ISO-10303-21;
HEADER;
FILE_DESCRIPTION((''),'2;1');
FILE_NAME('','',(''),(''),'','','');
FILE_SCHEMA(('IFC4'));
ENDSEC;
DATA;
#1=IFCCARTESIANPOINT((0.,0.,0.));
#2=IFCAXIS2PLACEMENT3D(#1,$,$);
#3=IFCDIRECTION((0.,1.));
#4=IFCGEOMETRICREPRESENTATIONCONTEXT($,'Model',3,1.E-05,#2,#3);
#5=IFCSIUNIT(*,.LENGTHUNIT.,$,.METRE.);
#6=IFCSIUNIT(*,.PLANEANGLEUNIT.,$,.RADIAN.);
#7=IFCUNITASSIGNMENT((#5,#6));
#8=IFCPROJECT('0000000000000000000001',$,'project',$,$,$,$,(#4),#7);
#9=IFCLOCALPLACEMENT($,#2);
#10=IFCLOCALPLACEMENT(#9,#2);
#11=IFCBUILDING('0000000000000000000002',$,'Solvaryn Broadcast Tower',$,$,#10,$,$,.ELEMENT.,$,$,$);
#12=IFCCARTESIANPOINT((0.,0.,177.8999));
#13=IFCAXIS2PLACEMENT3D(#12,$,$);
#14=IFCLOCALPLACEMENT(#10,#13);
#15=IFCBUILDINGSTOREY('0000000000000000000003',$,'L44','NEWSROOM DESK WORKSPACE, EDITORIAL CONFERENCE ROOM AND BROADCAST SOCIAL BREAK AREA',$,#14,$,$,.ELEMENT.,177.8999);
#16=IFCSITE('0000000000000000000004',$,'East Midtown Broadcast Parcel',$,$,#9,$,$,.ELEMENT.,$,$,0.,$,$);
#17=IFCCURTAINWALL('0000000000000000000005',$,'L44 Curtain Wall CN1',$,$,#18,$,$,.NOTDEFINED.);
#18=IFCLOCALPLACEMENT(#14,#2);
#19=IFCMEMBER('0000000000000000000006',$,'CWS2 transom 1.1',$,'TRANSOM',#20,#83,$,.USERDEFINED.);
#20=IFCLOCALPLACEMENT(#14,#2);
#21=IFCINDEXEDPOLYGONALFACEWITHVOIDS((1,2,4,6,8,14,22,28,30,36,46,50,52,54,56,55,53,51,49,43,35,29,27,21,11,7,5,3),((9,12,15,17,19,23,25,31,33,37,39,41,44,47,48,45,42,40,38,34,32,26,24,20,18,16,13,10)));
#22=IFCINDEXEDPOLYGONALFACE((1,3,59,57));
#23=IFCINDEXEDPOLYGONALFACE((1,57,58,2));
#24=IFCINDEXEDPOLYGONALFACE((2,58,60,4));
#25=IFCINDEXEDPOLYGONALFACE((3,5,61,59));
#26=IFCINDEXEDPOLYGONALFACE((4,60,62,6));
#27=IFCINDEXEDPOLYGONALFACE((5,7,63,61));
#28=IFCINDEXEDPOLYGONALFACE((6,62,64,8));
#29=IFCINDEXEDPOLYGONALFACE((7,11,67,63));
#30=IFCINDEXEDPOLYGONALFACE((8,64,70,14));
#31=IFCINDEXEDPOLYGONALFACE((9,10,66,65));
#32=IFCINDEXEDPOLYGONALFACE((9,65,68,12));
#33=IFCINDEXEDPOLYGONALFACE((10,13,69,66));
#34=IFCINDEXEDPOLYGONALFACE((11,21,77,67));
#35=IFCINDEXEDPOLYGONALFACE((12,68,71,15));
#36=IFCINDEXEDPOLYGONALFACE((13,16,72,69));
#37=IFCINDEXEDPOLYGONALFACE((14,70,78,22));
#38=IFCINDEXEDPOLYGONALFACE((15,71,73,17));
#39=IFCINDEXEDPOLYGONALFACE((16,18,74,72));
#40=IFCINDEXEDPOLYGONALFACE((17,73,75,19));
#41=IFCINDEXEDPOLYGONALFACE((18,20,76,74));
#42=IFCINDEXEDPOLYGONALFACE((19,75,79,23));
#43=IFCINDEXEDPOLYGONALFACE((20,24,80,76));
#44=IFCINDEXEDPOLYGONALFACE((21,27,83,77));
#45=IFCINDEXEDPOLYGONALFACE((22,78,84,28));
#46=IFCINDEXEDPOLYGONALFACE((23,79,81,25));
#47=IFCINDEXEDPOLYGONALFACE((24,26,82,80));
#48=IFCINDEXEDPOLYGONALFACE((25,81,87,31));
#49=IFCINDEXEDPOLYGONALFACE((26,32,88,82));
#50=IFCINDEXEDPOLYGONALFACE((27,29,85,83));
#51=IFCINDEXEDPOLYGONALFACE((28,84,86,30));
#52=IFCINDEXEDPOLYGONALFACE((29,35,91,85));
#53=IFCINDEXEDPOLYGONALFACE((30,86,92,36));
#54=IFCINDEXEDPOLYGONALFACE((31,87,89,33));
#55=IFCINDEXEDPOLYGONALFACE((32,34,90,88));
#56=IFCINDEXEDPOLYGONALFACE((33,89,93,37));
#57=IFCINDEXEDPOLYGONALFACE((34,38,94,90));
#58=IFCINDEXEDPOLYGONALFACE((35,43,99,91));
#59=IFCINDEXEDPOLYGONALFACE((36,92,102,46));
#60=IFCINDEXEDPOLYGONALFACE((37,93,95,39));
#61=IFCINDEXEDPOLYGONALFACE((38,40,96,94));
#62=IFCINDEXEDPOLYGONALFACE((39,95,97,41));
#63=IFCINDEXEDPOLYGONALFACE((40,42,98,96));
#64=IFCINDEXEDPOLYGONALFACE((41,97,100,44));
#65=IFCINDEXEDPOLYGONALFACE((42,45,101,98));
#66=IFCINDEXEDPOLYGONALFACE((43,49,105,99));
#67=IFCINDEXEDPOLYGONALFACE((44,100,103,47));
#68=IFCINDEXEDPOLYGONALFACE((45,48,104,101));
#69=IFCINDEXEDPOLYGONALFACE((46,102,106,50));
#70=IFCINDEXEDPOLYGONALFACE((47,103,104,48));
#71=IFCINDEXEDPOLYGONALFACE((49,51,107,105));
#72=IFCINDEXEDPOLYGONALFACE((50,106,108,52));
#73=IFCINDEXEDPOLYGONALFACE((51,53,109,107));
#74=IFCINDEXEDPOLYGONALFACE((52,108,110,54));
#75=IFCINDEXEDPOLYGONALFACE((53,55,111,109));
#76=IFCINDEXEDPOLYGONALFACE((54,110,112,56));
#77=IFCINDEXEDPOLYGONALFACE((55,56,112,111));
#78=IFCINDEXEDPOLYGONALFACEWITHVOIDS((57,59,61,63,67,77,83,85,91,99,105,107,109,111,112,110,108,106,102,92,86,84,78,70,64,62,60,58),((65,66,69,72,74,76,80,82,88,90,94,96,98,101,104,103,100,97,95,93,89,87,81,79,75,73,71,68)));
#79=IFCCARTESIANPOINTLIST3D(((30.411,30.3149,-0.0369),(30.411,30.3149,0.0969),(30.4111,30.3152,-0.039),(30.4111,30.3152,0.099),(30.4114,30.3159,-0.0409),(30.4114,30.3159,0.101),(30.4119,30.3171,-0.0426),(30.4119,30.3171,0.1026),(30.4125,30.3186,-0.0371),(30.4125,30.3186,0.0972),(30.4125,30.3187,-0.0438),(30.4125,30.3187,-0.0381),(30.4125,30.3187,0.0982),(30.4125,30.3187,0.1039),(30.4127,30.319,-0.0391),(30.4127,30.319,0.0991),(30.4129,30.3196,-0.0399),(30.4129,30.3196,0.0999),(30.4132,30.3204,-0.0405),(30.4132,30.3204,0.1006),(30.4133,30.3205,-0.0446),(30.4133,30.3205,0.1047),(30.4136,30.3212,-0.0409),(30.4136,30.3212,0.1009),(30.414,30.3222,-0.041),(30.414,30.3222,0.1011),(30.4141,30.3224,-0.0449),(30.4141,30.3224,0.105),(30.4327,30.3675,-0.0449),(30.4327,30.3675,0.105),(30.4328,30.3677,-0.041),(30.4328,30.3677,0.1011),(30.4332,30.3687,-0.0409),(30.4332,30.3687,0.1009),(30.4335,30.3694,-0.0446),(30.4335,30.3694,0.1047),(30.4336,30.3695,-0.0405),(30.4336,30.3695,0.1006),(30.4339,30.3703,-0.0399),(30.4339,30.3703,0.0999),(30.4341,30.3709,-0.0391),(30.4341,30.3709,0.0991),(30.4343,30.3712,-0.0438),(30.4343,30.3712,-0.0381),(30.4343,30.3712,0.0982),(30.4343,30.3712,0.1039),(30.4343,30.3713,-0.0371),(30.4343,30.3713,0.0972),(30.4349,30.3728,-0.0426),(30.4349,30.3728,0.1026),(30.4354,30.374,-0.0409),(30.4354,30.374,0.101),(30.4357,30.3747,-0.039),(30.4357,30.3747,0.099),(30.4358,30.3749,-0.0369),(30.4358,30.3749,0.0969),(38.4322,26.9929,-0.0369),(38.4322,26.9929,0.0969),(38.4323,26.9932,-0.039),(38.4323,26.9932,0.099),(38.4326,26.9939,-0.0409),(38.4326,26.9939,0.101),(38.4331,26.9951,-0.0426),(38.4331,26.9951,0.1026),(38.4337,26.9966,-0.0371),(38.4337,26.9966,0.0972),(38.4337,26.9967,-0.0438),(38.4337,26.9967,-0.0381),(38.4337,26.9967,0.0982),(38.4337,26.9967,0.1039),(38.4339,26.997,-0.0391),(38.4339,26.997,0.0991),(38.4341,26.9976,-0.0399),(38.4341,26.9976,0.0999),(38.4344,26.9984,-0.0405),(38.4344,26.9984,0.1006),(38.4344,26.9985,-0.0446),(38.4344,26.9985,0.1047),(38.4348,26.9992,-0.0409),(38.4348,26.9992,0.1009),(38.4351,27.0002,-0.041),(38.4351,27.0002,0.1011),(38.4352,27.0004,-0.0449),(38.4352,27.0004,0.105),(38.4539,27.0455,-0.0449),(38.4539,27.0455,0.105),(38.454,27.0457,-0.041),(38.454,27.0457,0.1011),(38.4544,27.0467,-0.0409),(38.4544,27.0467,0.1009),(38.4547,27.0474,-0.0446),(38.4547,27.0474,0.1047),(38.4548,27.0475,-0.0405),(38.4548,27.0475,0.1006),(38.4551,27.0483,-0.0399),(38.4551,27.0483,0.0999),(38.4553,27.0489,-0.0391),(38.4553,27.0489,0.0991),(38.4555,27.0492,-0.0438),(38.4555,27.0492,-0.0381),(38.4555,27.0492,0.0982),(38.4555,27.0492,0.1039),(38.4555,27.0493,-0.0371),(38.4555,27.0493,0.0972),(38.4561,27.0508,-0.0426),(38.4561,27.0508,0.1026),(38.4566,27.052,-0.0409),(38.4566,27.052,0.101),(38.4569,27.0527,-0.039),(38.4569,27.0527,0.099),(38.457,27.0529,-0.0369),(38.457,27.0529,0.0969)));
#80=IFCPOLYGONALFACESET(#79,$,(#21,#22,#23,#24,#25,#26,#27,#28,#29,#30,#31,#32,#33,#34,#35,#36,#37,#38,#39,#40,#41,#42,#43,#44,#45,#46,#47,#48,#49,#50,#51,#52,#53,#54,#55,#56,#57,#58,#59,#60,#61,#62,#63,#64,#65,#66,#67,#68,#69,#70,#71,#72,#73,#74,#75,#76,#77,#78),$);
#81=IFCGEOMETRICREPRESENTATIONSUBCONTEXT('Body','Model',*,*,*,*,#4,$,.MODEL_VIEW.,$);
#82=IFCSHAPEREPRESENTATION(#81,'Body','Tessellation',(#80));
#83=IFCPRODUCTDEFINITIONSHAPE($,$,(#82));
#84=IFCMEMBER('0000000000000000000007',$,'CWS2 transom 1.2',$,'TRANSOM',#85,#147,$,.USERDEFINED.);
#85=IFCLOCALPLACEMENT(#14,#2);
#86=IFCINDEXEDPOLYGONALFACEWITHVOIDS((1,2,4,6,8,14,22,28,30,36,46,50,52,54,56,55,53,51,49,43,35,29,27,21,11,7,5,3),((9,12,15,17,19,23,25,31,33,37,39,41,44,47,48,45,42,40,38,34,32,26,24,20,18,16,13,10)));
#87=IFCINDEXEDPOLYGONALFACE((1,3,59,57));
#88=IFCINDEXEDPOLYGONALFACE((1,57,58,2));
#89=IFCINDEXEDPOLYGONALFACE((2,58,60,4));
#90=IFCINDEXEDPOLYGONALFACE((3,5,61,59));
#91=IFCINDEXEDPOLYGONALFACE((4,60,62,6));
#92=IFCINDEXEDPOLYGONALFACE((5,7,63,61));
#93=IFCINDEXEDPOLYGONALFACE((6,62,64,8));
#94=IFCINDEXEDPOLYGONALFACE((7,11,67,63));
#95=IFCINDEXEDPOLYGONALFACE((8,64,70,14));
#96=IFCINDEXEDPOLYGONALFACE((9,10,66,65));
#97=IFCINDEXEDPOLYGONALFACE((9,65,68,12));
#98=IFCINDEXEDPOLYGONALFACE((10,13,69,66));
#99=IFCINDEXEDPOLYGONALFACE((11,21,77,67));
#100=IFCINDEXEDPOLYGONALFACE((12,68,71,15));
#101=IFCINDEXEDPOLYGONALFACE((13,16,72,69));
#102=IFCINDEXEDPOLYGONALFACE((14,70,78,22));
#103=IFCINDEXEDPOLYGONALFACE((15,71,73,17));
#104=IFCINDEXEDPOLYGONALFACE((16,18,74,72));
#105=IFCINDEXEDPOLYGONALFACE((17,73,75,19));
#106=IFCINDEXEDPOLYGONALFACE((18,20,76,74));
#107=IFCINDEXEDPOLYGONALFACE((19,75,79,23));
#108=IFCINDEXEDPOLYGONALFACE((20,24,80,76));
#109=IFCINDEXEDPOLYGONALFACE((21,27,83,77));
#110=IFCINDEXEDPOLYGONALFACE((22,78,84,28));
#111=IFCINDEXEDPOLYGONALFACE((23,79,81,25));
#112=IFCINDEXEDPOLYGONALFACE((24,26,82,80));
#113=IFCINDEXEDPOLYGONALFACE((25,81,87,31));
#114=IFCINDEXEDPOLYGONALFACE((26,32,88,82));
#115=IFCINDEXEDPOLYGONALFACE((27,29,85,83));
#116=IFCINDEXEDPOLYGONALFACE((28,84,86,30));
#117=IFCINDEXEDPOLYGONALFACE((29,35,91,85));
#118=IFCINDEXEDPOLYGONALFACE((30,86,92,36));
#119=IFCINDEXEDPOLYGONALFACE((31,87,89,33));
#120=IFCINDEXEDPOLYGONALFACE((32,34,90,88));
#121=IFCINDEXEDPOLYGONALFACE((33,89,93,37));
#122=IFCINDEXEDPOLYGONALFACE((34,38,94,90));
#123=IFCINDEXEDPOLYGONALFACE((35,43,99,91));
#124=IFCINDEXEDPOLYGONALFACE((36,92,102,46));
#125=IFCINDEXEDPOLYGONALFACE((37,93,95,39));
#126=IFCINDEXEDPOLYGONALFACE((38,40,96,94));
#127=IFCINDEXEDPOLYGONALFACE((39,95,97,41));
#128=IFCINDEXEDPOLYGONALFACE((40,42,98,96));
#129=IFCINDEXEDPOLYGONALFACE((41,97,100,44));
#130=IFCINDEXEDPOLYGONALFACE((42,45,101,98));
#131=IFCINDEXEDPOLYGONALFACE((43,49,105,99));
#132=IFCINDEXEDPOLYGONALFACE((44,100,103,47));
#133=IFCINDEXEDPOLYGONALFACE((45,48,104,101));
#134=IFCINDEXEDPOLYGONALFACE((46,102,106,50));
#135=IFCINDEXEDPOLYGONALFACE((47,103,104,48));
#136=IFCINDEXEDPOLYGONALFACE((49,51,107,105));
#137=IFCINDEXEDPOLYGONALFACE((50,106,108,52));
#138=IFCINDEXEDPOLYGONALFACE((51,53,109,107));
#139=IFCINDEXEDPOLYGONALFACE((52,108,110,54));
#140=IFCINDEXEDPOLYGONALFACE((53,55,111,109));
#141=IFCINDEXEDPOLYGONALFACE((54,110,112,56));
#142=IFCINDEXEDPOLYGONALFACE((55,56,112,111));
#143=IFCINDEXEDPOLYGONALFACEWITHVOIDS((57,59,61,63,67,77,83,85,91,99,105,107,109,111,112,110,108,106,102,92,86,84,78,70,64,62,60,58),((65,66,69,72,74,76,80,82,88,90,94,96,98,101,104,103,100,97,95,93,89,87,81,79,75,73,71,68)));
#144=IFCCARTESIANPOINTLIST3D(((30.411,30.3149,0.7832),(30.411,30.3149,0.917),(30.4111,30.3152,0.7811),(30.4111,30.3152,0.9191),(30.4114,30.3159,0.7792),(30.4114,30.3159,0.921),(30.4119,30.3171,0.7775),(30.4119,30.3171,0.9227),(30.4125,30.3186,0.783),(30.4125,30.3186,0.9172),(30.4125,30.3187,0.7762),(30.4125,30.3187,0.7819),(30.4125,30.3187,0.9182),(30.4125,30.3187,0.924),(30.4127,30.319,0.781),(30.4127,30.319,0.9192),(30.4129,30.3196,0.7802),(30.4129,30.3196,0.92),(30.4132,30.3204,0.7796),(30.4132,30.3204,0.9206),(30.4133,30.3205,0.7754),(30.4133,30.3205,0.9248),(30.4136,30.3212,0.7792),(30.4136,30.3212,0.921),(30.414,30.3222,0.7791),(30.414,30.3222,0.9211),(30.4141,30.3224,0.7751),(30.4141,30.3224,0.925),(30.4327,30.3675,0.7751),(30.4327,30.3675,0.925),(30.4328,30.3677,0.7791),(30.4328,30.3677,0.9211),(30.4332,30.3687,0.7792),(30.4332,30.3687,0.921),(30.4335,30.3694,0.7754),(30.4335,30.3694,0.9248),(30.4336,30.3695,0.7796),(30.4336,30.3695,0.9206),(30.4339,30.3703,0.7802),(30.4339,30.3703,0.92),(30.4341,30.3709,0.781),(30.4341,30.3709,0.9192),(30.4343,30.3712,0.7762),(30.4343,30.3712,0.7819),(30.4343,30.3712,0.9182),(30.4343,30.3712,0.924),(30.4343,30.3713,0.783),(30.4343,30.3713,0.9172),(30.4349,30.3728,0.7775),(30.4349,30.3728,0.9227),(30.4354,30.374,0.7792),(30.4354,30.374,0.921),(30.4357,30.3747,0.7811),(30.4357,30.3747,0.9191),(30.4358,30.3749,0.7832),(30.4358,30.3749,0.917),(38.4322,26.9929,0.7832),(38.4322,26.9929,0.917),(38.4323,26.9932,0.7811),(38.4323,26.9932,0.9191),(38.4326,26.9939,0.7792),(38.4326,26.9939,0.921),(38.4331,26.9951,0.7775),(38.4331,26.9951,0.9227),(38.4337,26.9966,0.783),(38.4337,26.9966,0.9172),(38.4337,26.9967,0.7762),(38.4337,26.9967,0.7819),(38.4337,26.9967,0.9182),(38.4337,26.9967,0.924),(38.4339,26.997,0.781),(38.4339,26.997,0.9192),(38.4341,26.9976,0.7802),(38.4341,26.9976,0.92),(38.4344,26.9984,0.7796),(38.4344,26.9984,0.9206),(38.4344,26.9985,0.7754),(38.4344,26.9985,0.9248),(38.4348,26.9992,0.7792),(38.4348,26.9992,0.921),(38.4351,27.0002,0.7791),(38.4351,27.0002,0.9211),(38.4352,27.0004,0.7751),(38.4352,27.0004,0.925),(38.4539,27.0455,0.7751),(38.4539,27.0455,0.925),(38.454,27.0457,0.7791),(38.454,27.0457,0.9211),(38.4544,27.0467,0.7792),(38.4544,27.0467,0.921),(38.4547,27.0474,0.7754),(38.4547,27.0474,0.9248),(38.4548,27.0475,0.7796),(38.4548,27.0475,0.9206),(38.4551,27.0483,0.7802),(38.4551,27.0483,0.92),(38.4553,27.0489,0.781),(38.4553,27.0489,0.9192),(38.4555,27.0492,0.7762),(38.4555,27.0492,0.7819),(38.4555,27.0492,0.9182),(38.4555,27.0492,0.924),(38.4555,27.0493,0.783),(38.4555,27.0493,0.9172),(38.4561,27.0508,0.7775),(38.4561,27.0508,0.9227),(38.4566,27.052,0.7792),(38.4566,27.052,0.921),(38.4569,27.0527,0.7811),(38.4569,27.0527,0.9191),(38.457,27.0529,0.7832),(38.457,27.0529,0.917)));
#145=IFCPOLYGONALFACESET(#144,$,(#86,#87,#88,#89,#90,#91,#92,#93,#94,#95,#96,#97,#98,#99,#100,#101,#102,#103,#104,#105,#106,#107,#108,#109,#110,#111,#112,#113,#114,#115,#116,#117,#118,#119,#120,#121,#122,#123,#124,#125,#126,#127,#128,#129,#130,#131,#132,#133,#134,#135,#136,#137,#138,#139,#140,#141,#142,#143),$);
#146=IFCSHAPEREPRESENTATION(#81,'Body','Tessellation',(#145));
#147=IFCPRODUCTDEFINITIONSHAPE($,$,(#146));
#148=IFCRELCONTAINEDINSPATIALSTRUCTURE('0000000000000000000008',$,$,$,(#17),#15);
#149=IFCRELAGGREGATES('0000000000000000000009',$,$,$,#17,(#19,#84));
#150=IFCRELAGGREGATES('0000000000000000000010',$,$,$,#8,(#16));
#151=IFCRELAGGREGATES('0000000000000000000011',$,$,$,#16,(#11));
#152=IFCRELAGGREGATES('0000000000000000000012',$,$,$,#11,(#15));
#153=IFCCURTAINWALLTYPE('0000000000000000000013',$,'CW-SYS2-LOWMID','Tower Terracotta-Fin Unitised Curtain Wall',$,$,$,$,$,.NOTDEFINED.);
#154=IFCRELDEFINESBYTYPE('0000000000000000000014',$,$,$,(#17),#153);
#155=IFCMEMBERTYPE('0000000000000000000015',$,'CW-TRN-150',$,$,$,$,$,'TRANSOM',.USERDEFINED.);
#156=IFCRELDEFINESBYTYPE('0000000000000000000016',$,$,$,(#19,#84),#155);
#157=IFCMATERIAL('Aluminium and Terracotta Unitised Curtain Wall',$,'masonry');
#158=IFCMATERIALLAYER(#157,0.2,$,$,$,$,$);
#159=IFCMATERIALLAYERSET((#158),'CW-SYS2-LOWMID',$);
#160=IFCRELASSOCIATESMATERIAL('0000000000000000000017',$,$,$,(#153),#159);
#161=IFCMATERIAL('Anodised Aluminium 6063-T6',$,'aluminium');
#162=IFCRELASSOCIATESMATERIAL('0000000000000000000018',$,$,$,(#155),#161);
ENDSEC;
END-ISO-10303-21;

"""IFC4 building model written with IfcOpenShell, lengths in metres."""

from ifc_helpers import new_model, si_unit, direction, frame, origin, origin_2d, place, context, subcontext, project, spatial, hollow_rectangle, extrude, material, layer, layer_set, material_profile, profile_set, type_object, element, aggregate, save


model = new_model("IFC4")

# Units and contexts
model_context = context("Model", 3, precision=1e-05, world=origin(), true_north=direction((0.0, 1.0)))
body_context = subcontext(model_context, "Body", "Model", "MODEL_VIEW")
ifc_project = project(units=[si_unit("LENGTHUNIT", "METRE"), si_unit("PLANEANGLEUNIT", "RADIAN")], contexts=[model_context])

# Site, building, storey
site_placement = place(None, origin())
site = spatial("IfcSite", under=ifc_project, at=site_placement, Name="East Midtown Broadcast Parcel", CompositionType="ELEMENT", RefElevation=0.0)
building_placement = place(site_placement, origin())
building = spatial("IfcBuilding", under=site, at=building_placement, Name="Solvaryn Broadcast Tower", CompositionType="ELEMENT")
storey_placement = place(building_placement, frame((0.0, 0.0, 177.8999)))
storey = spatial("IfcBuildingStorey", under=building, at=storey_placement, Name="L44", Description="NEWSROOM DESK WORKSPACE, EDITORIAL CONFERENCE ROOM AND BROADCAST SOCIAL BREAK AREA", CompositionType="ELEMENT", Elevation=177.8999)

# Curtain wall
ifc_material_1 = material(Name="Aluminium and Terracotta Unitised Curtain Wall", Category="masonry")
ifc_layer_1 = layer(ifc_material_1, 0.2)
ifc_layer_set_1 = layer_set([ifc_layer_1], Name="CW-SYS2-LOWMID")
curtain_wall_type = type_object("IfcCurtainWallType", Name="CW-SYS2-LOWMID", Description="Tower Terracotta-Fin Unitised Curtain Wall", PredefinedType="NOTDEFINED", material=ifc_layer_set_1)
curtain_wall_1_placement = place(storey_placement, origin())
curtain_wall_1 = element("IfcCurtainWall", 1, at=curtain_wall_1_placement, inside=storey, type_object=curtain_wall_type, Name="L44 Curtain Wall CN1", PredefinedType="NOTDEFINED")

# Members
ifc_material_2 = material(Name="Anodised Aluminium 6063-T6", Category="aluminium")
ifc_material_profile_1 = material_profile(ifc_material_2, hollow_rectangle(XDim=0.0649, YDim=0.1499, WallThickness=0.0039, InnerFilletRadius=0.0039, OuterFilletRadius=0.0081, at=origin_2d()))
ifc_profile_set_1 = profile_set([ifc_material_profile_1], Name="Anodised Aluminium 6063-T6")
member_type_1 = type_object("IfcMemberType", Name="CW-TRN-150", ElementType="TRANSOM", PredefinedType="USERDEFINED", material=ifc_profile_set_1)
member_1_placement = place(storey_placement, frame((38.4446, 27.0229, 0.03), z_axis=(-0.923899, 0.382636, 0.0), x_axis=(-0.382636, -0.923899, 0.0)))
member_1 = element("IfcMember", 2, at=member_1_placement, type_object=member_type_1, Name="CWS2 transom 1.1", ObjectType="TRANSOM", PredefinedType="USERDEFINED", context=body_context, shape_type="SweptSolid", body=[
    extrude(hollow_rectangle(XDim=0.0649, YDim=0.1499, WallThickness=0.0039, InnerFilletRadius=0.0039, OuterFilletRadius=0.0081, at=origin_2d()), origin(), (0.0, 0.0, 1.0), 8.6819),
])
member_2_placement = place(storey_placement, frame((38.4446, 27.0229, 0.8501), z_axis=(-0.923899, 0.382636, 0.0), x_axis=(-0.382636, -0.923899, 0.0)))
member_2 = element("IfcMember", 3, at=member_2_placement, type_object=member_type_1, Name="CWS2 transom 1.2", ObjectType="TRANSOM", PredefinedType="USERDEFINED", context=body_context, shape_type="SweptSolid", body=[
    extrude(hollow_rectangle(XDim=0.0649, YDim=0.1499, WallThickness=0.0039, InnerFilletRadius=0.0039, OuterFilletRadius=0.0081, at=origin_2d()), origin(), (0.0, 0.0, 1.0), 8.6819),
])

aggregate(curtain_wall_1, [member_1, member_2])

save(model, "model.ifc")
